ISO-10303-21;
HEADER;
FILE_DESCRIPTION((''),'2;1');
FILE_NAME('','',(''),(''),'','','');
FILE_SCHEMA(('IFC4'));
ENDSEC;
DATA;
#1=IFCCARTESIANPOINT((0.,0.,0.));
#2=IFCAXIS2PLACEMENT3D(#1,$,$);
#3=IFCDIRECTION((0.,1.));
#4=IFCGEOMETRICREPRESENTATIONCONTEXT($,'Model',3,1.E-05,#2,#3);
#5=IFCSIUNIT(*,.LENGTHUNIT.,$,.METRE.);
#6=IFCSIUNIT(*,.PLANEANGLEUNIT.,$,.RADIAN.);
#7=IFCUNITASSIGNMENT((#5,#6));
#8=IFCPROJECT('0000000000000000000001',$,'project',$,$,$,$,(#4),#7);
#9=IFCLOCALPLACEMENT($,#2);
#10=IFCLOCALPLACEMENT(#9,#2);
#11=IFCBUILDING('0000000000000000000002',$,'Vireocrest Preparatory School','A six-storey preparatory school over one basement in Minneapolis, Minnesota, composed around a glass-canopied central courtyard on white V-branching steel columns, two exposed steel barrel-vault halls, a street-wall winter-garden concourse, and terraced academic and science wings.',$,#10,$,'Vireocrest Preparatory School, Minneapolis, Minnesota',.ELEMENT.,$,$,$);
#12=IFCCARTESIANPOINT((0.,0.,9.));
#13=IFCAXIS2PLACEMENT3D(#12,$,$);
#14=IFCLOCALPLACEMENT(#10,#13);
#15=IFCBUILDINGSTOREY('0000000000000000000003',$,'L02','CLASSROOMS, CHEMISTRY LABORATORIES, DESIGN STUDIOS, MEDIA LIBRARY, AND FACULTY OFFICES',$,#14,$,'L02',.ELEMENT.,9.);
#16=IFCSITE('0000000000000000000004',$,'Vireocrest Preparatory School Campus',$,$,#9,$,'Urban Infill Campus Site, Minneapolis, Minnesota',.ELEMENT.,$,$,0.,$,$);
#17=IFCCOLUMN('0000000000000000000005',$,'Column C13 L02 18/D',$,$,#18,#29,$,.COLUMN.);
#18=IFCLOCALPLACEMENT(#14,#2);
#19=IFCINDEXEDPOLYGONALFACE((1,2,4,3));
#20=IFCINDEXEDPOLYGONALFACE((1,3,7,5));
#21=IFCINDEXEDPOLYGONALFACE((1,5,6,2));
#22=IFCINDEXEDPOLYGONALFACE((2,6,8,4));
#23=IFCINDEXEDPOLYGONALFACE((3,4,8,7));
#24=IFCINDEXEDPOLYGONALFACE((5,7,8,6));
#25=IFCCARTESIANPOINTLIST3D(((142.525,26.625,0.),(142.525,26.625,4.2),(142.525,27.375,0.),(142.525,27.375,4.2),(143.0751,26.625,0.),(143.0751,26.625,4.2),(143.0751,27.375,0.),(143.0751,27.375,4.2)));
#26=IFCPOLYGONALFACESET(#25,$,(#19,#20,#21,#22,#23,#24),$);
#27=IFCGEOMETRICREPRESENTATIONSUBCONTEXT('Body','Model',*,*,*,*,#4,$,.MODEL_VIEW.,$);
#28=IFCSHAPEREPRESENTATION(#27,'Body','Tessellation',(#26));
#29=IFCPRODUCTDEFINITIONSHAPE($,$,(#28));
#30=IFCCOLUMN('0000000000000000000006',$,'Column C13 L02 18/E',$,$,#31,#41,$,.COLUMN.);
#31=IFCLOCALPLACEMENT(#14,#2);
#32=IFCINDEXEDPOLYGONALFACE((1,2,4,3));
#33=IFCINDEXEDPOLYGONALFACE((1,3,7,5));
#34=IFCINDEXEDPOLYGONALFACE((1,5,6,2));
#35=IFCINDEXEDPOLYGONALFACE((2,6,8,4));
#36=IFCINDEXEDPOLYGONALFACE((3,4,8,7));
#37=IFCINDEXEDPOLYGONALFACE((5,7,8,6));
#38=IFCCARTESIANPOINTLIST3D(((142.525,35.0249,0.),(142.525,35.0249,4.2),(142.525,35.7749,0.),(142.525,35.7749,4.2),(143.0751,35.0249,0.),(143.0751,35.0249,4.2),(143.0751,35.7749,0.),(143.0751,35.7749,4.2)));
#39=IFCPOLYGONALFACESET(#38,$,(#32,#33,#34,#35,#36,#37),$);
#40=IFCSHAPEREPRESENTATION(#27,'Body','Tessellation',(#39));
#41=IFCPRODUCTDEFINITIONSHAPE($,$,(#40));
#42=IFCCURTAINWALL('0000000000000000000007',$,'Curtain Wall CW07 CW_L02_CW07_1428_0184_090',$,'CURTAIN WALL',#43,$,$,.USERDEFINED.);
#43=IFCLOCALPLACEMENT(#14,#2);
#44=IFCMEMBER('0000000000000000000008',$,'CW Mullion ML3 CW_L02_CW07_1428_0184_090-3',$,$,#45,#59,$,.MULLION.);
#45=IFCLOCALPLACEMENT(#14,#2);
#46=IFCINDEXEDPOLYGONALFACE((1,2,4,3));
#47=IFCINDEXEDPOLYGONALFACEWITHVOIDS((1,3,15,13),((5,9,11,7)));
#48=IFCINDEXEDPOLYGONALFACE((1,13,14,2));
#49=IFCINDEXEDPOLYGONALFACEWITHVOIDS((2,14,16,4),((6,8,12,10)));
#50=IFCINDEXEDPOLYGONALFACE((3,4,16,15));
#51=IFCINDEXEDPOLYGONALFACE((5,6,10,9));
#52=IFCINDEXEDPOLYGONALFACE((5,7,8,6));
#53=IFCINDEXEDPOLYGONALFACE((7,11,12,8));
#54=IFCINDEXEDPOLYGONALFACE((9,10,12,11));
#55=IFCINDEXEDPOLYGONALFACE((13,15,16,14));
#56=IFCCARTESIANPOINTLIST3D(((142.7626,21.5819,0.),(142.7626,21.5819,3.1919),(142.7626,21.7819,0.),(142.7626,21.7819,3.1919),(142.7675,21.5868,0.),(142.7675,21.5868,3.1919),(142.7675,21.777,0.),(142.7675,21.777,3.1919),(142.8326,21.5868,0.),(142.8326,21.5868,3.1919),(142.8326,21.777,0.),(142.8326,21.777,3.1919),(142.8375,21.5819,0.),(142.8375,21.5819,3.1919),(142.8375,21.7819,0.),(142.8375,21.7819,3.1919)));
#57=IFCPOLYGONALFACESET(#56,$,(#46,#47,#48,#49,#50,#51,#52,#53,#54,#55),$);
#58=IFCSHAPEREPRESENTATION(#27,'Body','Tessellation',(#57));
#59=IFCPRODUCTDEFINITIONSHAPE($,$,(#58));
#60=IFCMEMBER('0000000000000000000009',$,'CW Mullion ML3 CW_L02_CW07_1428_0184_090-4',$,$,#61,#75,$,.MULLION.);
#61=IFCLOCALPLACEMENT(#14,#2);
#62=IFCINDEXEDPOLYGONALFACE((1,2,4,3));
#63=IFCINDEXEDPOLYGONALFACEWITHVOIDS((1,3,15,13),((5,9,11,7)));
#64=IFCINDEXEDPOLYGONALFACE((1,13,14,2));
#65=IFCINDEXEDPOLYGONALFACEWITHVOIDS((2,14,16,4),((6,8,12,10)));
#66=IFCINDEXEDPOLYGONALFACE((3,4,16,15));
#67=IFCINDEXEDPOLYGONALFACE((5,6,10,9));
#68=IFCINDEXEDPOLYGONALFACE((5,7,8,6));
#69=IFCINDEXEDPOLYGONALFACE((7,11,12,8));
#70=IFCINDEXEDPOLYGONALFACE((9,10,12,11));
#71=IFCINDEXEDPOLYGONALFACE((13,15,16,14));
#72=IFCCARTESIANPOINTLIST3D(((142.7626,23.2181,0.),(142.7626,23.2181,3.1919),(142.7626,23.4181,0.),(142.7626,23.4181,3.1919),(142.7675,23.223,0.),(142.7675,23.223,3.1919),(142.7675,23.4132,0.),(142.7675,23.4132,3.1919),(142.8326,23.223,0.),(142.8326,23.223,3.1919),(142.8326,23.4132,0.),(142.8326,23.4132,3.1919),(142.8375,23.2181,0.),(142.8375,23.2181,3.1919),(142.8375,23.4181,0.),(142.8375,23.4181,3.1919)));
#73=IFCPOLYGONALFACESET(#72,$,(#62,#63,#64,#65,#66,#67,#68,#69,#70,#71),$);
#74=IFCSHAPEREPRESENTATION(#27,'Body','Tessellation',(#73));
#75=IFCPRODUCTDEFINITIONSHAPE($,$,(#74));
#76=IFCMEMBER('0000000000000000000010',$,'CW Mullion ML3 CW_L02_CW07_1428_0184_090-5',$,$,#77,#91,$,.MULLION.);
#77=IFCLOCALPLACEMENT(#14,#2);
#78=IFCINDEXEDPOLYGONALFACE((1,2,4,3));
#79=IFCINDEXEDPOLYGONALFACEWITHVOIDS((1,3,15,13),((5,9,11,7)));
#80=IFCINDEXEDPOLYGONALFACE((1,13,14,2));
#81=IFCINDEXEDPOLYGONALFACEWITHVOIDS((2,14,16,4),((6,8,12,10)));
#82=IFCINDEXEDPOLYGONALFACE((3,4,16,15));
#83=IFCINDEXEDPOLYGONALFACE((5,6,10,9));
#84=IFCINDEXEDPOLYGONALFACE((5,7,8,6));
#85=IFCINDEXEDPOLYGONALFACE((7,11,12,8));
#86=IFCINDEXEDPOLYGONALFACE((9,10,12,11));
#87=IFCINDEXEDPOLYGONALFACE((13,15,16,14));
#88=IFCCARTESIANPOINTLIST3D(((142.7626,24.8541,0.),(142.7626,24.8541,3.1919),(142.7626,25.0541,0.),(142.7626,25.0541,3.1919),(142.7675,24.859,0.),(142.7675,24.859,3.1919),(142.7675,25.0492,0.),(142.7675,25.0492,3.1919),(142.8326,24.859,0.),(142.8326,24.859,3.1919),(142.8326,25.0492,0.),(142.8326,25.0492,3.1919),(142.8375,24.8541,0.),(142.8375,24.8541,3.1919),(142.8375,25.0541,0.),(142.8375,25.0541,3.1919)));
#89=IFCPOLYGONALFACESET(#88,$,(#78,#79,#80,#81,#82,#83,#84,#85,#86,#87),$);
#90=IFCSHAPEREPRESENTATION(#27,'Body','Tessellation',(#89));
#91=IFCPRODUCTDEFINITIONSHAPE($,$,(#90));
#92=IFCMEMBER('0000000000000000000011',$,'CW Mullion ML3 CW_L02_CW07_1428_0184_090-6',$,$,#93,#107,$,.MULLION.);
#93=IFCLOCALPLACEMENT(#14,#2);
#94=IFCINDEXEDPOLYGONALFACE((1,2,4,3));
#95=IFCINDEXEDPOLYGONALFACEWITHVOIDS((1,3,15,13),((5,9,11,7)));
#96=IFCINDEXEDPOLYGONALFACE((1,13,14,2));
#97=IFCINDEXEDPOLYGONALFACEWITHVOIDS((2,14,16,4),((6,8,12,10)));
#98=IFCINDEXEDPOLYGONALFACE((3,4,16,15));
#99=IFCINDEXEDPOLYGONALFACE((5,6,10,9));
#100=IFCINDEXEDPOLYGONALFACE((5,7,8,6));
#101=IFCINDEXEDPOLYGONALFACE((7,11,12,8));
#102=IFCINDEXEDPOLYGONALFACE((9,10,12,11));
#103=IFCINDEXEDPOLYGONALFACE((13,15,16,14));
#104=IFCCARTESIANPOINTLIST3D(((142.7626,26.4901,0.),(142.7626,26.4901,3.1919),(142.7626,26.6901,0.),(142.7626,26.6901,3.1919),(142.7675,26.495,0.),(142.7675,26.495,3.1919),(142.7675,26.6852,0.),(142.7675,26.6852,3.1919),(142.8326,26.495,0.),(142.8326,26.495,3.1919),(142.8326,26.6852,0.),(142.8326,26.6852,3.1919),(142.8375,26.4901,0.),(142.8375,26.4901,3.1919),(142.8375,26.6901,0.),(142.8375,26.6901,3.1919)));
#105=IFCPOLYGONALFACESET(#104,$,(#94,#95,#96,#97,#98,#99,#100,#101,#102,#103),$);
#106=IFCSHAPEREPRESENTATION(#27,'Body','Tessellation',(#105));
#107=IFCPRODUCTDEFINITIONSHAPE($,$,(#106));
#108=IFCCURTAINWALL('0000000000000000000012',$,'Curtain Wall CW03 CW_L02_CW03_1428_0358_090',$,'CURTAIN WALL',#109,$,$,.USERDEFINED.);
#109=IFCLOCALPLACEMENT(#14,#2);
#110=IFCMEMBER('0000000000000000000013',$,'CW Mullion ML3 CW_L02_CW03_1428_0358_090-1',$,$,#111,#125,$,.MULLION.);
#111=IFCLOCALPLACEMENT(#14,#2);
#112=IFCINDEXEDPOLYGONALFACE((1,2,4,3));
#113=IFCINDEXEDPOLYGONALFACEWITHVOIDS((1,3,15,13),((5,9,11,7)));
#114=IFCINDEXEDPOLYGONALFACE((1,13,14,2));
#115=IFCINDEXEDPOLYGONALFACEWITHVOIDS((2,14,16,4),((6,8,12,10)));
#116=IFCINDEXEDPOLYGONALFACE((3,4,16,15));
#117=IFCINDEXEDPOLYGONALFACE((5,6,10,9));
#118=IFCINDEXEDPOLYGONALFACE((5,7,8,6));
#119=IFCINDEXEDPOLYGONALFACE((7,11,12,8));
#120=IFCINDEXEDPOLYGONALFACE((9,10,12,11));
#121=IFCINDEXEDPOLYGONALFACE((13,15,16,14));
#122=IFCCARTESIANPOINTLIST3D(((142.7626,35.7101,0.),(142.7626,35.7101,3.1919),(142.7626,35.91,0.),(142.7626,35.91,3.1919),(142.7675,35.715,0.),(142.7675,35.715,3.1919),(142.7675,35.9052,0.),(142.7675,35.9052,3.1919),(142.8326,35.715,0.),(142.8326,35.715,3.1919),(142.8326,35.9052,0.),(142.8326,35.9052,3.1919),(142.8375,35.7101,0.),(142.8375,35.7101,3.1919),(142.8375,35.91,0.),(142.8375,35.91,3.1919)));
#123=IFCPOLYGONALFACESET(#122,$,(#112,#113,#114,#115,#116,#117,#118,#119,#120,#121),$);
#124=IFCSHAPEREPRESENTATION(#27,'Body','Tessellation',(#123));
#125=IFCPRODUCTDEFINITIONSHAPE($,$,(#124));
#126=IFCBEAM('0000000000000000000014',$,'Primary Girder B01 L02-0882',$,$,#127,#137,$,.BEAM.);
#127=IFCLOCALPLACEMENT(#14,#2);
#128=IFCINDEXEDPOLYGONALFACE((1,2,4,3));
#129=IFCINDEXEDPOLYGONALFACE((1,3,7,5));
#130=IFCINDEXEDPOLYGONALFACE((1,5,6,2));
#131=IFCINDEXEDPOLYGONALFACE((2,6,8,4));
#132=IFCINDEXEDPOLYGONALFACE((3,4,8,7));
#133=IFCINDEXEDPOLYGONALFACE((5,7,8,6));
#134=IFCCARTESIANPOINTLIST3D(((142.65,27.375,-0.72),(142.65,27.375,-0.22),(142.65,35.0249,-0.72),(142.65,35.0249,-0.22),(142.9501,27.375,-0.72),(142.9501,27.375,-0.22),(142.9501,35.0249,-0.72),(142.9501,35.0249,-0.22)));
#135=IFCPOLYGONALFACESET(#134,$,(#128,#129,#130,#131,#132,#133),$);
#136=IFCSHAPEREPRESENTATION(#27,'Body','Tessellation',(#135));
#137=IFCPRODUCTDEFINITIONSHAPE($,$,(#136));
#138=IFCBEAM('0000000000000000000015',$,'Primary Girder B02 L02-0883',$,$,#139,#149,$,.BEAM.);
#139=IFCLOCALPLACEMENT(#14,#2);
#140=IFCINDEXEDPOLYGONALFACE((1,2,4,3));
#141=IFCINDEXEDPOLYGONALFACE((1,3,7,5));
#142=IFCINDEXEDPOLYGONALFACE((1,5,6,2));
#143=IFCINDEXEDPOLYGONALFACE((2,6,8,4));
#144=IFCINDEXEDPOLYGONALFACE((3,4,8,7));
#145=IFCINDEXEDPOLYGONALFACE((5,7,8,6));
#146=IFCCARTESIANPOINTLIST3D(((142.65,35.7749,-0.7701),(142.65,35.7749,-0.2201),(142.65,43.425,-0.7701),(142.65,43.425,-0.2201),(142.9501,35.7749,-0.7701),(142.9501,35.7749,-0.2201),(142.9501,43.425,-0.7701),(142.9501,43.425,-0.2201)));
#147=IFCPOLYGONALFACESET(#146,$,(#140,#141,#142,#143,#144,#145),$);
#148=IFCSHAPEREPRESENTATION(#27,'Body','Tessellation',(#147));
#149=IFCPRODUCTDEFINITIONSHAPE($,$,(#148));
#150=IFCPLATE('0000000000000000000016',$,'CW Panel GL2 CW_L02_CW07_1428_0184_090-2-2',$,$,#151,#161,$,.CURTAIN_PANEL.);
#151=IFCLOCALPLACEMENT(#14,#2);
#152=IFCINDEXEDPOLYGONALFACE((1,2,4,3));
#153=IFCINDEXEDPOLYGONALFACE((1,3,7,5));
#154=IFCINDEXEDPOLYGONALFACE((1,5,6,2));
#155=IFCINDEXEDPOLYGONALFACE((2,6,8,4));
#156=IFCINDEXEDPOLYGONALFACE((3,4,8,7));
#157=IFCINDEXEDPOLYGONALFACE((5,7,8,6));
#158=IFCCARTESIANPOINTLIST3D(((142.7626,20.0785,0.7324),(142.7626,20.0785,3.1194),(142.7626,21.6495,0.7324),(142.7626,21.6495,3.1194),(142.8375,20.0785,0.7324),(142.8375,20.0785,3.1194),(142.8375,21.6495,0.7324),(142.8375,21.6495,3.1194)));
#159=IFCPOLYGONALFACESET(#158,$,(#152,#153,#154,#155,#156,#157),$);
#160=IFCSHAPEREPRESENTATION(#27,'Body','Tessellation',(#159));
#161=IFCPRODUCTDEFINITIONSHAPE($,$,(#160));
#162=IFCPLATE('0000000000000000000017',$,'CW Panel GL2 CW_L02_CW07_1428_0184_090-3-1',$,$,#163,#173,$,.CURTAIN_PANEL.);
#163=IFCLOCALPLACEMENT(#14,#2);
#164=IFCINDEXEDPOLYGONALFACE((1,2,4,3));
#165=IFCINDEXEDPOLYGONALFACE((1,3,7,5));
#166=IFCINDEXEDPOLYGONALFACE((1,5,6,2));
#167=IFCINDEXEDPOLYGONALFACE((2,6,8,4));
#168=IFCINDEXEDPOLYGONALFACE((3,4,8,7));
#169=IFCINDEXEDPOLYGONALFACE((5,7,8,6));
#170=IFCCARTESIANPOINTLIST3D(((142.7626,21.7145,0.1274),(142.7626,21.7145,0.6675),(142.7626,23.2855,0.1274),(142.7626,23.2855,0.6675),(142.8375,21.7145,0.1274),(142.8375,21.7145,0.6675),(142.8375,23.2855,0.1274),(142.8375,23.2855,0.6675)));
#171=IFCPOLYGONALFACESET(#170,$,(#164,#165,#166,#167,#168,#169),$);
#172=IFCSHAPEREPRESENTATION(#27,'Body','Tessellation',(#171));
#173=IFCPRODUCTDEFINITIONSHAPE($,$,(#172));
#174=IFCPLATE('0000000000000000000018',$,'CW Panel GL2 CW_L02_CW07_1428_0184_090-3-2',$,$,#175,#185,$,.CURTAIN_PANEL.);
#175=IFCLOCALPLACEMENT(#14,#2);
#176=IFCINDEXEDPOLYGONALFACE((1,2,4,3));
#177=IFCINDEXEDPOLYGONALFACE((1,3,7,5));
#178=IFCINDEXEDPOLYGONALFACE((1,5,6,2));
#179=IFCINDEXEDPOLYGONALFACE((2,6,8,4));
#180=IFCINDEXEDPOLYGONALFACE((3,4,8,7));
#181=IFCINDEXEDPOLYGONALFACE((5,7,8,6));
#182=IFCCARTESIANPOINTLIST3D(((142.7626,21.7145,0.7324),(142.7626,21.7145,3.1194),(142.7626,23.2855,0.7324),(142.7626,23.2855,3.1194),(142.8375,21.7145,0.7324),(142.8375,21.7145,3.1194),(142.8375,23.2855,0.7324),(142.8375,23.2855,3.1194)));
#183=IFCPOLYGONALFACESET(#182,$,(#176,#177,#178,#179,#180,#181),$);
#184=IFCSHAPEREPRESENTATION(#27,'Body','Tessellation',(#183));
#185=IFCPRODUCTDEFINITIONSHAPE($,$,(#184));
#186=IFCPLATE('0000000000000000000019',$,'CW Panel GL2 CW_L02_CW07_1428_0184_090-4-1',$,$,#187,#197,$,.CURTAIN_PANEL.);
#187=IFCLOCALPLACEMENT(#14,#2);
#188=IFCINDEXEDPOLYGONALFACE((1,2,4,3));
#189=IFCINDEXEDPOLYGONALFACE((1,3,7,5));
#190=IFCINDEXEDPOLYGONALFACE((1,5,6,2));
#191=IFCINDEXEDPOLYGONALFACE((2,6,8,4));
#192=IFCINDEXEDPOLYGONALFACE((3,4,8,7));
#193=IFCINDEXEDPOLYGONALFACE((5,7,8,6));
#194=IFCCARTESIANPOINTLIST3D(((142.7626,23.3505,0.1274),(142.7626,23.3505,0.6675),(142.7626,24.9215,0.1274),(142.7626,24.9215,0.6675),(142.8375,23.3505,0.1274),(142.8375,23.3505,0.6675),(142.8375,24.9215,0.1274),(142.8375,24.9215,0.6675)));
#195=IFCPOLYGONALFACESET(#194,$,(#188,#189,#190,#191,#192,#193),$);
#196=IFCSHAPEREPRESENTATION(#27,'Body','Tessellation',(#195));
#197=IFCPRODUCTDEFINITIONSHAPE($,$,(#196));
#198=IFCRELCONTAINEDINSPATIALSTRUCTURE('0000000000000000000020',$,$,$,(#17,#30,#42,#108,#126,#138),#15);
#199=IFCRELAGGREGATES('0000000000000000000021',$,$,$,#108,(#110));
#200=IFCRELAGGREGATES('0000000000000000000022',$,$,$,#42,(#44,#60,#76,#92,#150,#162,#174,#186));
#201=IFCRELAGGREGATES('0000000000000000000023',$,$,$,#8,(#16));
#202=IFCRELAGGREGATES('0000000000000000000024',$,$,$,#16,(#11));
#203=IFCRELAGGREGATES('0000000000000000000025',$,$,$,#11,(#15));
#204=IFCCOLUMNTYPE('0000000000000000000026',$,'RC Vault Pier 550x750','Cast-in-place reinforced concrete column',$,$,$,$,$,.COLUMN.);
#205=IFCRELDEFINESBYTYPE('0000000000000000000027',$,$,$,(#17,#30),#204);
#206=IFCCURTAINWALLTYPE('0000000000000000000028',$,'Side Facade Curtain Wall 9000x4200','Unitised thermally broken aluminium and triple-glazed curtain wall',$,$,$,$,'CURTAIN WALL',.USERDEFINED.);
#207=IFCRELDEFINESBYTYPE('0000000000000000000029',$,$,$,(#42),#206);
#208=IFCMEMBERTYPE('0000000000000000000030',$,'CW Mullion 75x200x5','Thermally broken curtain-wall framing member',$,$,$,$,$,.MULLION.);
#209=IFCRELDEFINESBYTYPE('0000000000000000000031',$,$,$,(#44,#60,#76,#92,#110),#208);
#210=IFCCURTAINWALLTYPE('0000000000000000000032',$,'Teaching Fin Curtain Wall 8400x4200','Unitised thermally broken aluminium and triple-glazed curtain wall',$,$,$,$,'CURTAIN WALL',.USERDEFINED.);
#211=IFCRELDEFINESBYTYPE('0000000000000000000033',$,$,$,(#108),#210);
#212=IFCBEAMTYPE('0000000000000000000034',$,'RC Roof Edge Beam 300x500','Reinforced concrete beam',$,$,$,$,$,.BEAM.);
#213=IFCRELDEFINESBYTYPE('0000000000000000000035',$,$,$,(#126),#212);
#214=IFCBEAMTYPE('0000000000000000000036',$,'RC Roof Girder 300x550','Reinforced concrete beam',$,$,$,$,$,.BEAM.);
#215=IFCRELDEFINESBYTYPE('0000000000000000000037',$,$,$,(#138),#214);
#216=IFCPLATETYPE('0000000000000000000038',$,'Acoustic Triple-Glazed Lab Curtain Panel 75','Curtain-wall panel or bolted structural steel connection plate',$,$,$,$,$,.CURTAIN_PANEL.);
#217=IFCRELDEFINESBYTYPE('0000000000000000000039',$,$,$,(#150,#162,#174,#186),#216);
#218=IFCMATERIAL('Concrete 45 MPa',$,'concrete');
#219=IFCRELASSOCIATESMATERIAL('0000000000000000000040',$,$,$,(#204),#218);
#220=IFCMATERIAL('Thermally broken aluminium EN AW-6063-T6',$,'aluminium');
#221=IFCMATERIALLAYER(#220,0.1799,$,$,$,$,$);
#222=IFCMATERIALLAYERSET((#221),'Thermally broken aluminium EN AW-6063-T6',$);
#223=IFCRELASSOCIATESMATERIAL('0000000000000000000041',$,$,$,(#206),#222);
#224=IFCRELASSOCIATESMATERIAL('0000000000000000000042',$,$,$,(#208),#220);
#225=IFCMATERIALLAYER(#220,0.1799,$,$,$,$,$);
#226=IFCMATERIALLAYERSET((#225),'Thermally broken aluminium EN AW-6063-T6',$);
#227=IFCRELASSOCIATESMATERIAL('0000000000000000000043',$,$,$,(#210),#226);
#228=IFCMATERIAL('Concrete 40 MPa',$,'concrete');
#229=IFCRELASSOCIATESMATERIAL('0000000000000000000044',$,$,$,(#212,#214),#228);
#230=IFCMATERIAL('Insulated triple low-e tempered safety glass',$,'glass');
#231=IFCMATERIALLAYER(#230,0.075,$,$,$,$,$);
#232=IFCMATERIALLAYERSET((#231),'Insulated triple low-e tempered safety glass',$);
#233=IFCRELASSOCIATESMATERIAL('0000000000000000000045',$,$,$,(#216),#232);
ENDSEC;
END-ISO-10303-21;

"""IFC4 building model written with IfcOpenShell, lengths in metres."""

from ifc_helpers import new_model, si_unit, direction, frame, origin, origin_2d, place, context, subcontext, project, spatial, rectangle, hollow_rectangle, extrude, material, layer, layer_set, material_profile, profile_set, type_object, element, aggregate, save


model = new_model("IFC4")

# Units and contexts
model_context = context("Model", 3, precision=1e-05, world=origin(), true_north=direction((0.0, 1.0)))
body_context = subcontext(model_context, "Body", "Model", "MODEL_VIEW")
ifc_project = project(units=[si_unit("LENGTHUNIT", "METRE"), si_unit("PLANEANGLEUNIT", "RADIAN")], contexts=[model_context])

# Site, building, storey
site_placement = place(None, origin())
site = spatial("IfcSite", under=ifc_project, at=site_placement, Name="Vireocrest Preparatory School Campus", LongName="Urban Infill Campus Site, Minneapolis, Minnesota", CompositionType="ELEMENT", RefElevation=0.0)
building_placement = place(site_placement, origin())
building = spatial("IfcBuilding", under=site, at=building_placement, Name="Vireocrest Preparatory School", Description="A six-storey preparatory school over one basement in Minneapolis, Minnesota, composed around a glass-canopied central courtyard on white V-branching steel columns, two exposed steel barrel-vault halls, a street-wall winter-garden concourse, and terraced academic and science wings.", LongName="Vireocrest Preparatory School, Minneapolis, Minnesota", CompositionType="ELEMENT")
storey_placement = place(building_placement, frame((0.0, 0.0, 9.0)))
storey = spatial("IfcBuildingStorey", under=building, at=storey_placement, Name="L02", Description="CLASSROOMS, CHEMISTRY LABORATORIES, DESIGN STUDIOS, MEDIA LIBRARY, AND FACULTY OFFICES", LongName="L02", CompositionType="ELEMENT", Elevation=9.0)

# Columns
ifc_material_1 = material(Name="Concrete 45 MPa", Category="concrete")
ifc_material_profile_1 = material_profile(ifc_material_1, rectangle(XDim=0.55, YDim=0.75, at=origin_2d()), Name="RC 550x750")
ifc_profile_set_1 = profile_set([ifc_material_profile_1], Name="Concrete 45 MPa")
column_type = type_object("IfcColumnType", Name="RC Vault Pier 550x750", Description="Cast-in-place reinforced concrete column", PredefinedType="COLUMN", material=ifc_profile_set_1)
for number, where, z_axis, x_axis, name in (
    (1, (142.8, 27.0, 0.0), (0.0, 0.0, 1.0), (1.0, 0.0, 0.0), "Column C13 L02 18/D"),
    (2, (142.8, 35.3999, 0.0), (0.0, 0.0, 1.0), (1.0, 0.0, 0.0), "Column C13 L02 18/E"),
):
    element("IfcColumn", number, at=place(storey_placement, frame(where, z_axis=z_axis, x_axis=x_axis)), inside=storey, type_object=column_type, Name=name, PredefinedType="COLUMN", context=body_context, shape_type="SweptSolid", body=[
        extrude(rectangle(XDim=0.55, YDim=0.75, at=origin_2d()), origin(), (0.0, 0.0, 1.0), 4.2),
    ])

# Curtain wall, members
ifc_material_2 = material(Name="Thermally broken aluminium EN AW-6063-T6", Category="aluminium")
ifc_layer_1 = layer(ifc_material_2, 0.1799)
ifc_layer_set_1 = layer_set([ifc_layer_1], Name="Thermally broken aluminium EN AW-6063-T6")
curtain_wall_type_1 = type_object("IfcCurtainWallType", Name="Side Facade Curtain Wall 9000x4200", Description="Unitised thermally broken aluminium and triple-glazed curtain wall", ElementType="CURTAIN WALL", PredefinedType="USERDEFINED", material=ifc_layer_set_1)
curtain_wall_1_placement = place(storey_placement, origin())
curtain_wall_1 = element("IfcCurtainWall", 3, at=curtain_wall_1_placement, inside=storey, type_object=curtain_wall_type_1, Name="Curtain Wall CW07 CW_L02_CW07_1428_0184_090", ObjectType="CURTAIN WALL", PredefinedType="USERDEFINED")
ifc_material_profile_2 = material_profile(ifc_material_2, hollow_rectangle(XDim=0.075, YDim=0.2, WallThickness=0.0049, at=origin_2d()), Name="ALU 75x200x5")
ifc_profile_set_2 = profile_set([ifc_material_profile_2], Name="Thermally broken aluminium EN AW-6063-T6")
member_type = type_object("IfcMemberType", Name="CW Mullion 75x200x5", Description="Thermally broken curtain-wall framing member", PredefinedType="MULLION", material=ifc_profile_set_2)
member_1_placement = place(storey_placement, frame((142.8, 21.6819, 0.0), z_axis=(0.0, 0.0, 1.0), x_axis=(1.0, 0.0, 0.0)))
member_1 = element("IfcMember", 4, at=member_1_placement, type_object=member_type, Name="CW Mullion ML3 CW_L02_CW07_1428_0184_090-3", PredefinedType="MULLION", context=body_context, shape_type="SweptSolid", body=[
    extrude(hollow_rectangle(XDim=0.075, YDim=0.2, WallThickness=0.0049, at=origin_2d()), origin(), (0.0, 0.0, 1.0), 3.1919),
])
member_2_placement = place(storey_placement, frame((142.8, 23.3181, 0.0), z_axis=(0.0, 0.0, 1.0), x_axis=(1.0, 0.0, 0.0)))
member_2 = element("IfcMember", 5, at=member_2_placement, type_object=member_type, Name="CW Mullion ML3 CW_L02_CW07_1428_0184_090-4", PredefinedType="MULLION", context=body_context, shape_type="SweptSolid", body=[
    extrude(hollow_rectangle(XDim=0.075, YDim=0.2, WallThickness=0.0049, at=origin_2d()), origin(), (0.0, 0.0, 1.0), 3.1919),
])
member_3_placement = place(storey_placement, frame((142.8, 24.9541, 0.0), z_axis=(0.0, 0.0, 1.0), x_axis=(1.0, 0.0, 0.0)))
member_3 = element("IfcMember", 6, at=member_3_placement, type_object=member_type, Name="CW Mullion ML3 CW_L02_CW07_1428_0184_090-5", PredefinedType="MULLION", context=body_context, shape_type="SweptSolid", body=[
    extrude(hollow_rectangle(XDim=0.075, YDim=0.2, WallThickness=0.0049, at=origin_2d()), origin(), (0.0, 0.0, 1.0), 3.1919),
])
member_4_placement = place(storey_placement, frame((142.8, 26.5901, 0.0), z_axis=(0.0, 0.0, 1.0), x_axis=(1.0, 0.0, 0.0)))
member_4 = element("IfcMember", 7, at=member_4_placement, type_object=member_type, Name="CW Mullion ML3 CW_L02_CW07_1428_0184_090-6", PredefinedType="MULLION", context=body_context, shape_type="SweptSolid", body=[
    extrude(hollow_rectangle(XDim=0.075, YDim=0.2, WallThickness=0.0049, at=origin_2d()), origin(), (0.0, 0.0, 1.0), 3.1919),
])

# Curtain wall, member
ifc_layer_2 = layer(ifc_material_2, 0.1799)
ifc_layer_set_2 = layer_set([ifc_layer_2], Name="Thermally broken aluminium EN AW-6063-T6")
curtain_wall_type_2 = type_object("IfcCurtainWallType", Name="Teaching Fin Curtain Wall 8400x4200", Description="Unitised thermally broken aluminium and triple-glazed curtain wall", ElementType="CURTAIN WALL", PredefinedType="USERDEFINED", material=ifc_layer_set_2)
curtain_wall_2_placement = place(storey_placement, origin())
curtain_wall_2 = element("IfcCurtainWall", 8, at=curtain_wall_2_placement, inside=storey, type_object=curtain_wall_type_2, Name="Curtain Wall CW03 CW_L02_CW03_1428_0358_090", ObjectType="CURTAIN WALL", PredefinedType="USERDEFINED")
member_5_placement = place(storey_placement, frame((142.8, 35.8101, 0.0), z_axis=(0.0, 0.0, 1.0), x_axis=(1.0, 0.0, 0.0)))
member_5 = element("IfcMember", 9, at=member_5_placement, type_object=member_type, Name="CW Mullion ML3 CW_L02_CW03_1428_0358_090-1", PredefinedType="MULLION", context=body_context, shape_type="SweptSolid", body=[
    extrude(hollow_rectangle(XDim=0.075, YDim=0.2, WallThickness=0.0049, at=origin_2d()), origin(), (0.0, 0.0, 1.0), 3.1919),
])
aggregate(curtain_wall_2, [member_5])

# Beams
ifc_material_3 = material(Name="Concrete 40 MPa", Category="concrete")
ifc_material_profile_3 = material_profile(ifc_material_3, rectangle(XDim=0.3, YDim=0.5, at=origin_2d()), Name="RC 300x500")
ifc_profile_set_3 = profile_set([ifc_material_profile_3], Name="Concrete 40 MPa")
beam_type_1 = type_object("IfcBeamType", Name="RC Roof Edge Beam 300x500", Description="Reinforced concrete beam", PredefinedType="BEAM", material=ifc_profile_set_3)
beam_1_placement = place(storey_placement, frame((142.8, 27.375, -0.47), z_axis=(0.0, 1.0, 0.0), x_axis=(-1.0, 0.0, 0.0)))
element("IfcBeam", 10, at=beam_1_placement, inside=storey, type_object=beam_type_1, Name="Primary Girder B01 L02-0882", PredefinedType="BEAM", context=body_context, shape_type="SweptSolid", body=[
    extrude(rectangle(XDim=0.3, YDim=0.5, at=origin_2d()), origin(), (0.0, 0.0, 1.0), 7.6499),
])
ifc_material_profile_4 = material_profile(ifc_material_3, rectangle(XDim=0.3, YDim=0.55, at=origin_2d()), Name="RC 300x550")
ifc_profile_set_4 = profile_set([ifc_material_profile_4], Name="Concrete 40 MPa")
beam_type_2 = type_object("IfcBeamType", Name="RC Roof Girder 300x550", Description="Reinforced concrete beam", PredefinedType="BEAM", material=ifc_profile_set_4)
beam_2_placement = place(storey_placement, frame((142.8, 35.7749, -0.4951), z_axis=(0.0, 1.0, 0.0), x_axis=(-1.0, 0.0, 0.0)))
element("IfcBeam", 11, at=beam_2_placement, inside=storey, type_object=beam_type_2, Name="Primary Girder B02 L02-0883", PredefinedType="BEAM", context=body_context, shape_type="SweptSolid", body=[
    extrude(rectangle(XDim=0.3, YDim=0.55, at=origin_2d()), origin(), (0.0, 0.0, 1.0), 7.6501),
])

# Plates
ifc_material_4 = material(Name="Insulated triple low-e tempered safety glass", Category="glass")
ifc_layer_3 = layer(ifc_material_4, 0.075)
ifc_layer_set_3 = layer_set([ifc_layer_3], Name="Insulated triple low-e tempered safety glass")
plate_type = type_object("IfcPlateType", Name="Acoustic Triple-Glazed Lab Curtain Panel 75", Description="Curtain-wall panel or bolted structural steel connection plate", PredefinedType="CURTAIN_PANEL", material=ifc_layer_set_3)
plate_1_placement = place(storey_placement, frame((142.8, 20.864, 0.7324), z_axis=(0.0, 0.0, 1.0), x_axis=(0.0, 1.0, 0.0)))
plate_1 = element("IfcPlate", 12, at=plate_1_placement, type_object=plate_type, Name="CW Panel GL2 CW_L02_CW07_1428_0184_090-2-2", PredefinedType="CURTAIN_PANEL", context=body_context, shape_type="SweptSolid", body=[
    extrude(rectangle(XDim=1.571, YDim=0.075, at=origin_2d()), origin(), (0.0, 0.0, 1.0), 2.387),
])
plate_2_placement = place(storey_placement, frame((142.8, 22.5, 0.1274), z_axis=(0.0, 0.0, 1.0), x_axis=(0.0, 1.0, 0.0)))
plate_2 = element("IfcPlate", 13, at=plate_2_placement, type_object=plate_type, Name="CW Panel GL2 CW_L02_CW07_1428_0184_090-3-1", PredefinedType="CURTAIN_PANEL", context=body_context, shape_type="SweptSolid", body=[
    extrude(rectangle(XDim=1.571, YDim=0.075, at=origin_2d()), origin(), (0.0, 0.0, 1.0), 0.54),
])
plate_3_placement = place(storey_placement, frame((142.8, 22.5, 0.7324), z_axis=(0.0, 0.0, 1.0), x_axis=(0.0, 1.0, 0.0)))
plate_3 = element("IfcPlate", 14, at=plate_3_placement, type_object=plate_type, Name="CW Panel GL2 CW_L02_CW07_1428_0184_090-3-2", PredefinedType="CURTAIN_PANEL", context=body_context, shape_type="SweptSolid", body=[
    extrude(rectangle(XDim=1.571, YDim=0.075, at=origin_2d()), origin(), (0.0, 0.0, 1.0), 2.387),
])
plate_4_placement = place(storey_placement, frame((142.8, 24.136, 0.1274), z_axis=(0.0, 0.0, 1.0), x_axis=(0.0, 1.0, 0.0)))
plate_4 = element("IfcPlate", 15, at=plate_4_placement, type_object=plate_type, Name="CW Panel GL2 CW_L02_CW07_1428_0184_090-4-1", PredefinedType="CURTAIN_PANEL", context=body_context, shape_type="SweptSolid", body=[
    extrude(rectangle(XDim=1.571, YDim=0.075, at=origin_2d()), origin(), (0.0, 0.0, 1.0), 0.54),
])
aggregate(curtain_wall_1, [member_1, member_2, member_3, member_4, plate_1, plate_2, plate_3, plate_4])

save(model, "model.ifc")
